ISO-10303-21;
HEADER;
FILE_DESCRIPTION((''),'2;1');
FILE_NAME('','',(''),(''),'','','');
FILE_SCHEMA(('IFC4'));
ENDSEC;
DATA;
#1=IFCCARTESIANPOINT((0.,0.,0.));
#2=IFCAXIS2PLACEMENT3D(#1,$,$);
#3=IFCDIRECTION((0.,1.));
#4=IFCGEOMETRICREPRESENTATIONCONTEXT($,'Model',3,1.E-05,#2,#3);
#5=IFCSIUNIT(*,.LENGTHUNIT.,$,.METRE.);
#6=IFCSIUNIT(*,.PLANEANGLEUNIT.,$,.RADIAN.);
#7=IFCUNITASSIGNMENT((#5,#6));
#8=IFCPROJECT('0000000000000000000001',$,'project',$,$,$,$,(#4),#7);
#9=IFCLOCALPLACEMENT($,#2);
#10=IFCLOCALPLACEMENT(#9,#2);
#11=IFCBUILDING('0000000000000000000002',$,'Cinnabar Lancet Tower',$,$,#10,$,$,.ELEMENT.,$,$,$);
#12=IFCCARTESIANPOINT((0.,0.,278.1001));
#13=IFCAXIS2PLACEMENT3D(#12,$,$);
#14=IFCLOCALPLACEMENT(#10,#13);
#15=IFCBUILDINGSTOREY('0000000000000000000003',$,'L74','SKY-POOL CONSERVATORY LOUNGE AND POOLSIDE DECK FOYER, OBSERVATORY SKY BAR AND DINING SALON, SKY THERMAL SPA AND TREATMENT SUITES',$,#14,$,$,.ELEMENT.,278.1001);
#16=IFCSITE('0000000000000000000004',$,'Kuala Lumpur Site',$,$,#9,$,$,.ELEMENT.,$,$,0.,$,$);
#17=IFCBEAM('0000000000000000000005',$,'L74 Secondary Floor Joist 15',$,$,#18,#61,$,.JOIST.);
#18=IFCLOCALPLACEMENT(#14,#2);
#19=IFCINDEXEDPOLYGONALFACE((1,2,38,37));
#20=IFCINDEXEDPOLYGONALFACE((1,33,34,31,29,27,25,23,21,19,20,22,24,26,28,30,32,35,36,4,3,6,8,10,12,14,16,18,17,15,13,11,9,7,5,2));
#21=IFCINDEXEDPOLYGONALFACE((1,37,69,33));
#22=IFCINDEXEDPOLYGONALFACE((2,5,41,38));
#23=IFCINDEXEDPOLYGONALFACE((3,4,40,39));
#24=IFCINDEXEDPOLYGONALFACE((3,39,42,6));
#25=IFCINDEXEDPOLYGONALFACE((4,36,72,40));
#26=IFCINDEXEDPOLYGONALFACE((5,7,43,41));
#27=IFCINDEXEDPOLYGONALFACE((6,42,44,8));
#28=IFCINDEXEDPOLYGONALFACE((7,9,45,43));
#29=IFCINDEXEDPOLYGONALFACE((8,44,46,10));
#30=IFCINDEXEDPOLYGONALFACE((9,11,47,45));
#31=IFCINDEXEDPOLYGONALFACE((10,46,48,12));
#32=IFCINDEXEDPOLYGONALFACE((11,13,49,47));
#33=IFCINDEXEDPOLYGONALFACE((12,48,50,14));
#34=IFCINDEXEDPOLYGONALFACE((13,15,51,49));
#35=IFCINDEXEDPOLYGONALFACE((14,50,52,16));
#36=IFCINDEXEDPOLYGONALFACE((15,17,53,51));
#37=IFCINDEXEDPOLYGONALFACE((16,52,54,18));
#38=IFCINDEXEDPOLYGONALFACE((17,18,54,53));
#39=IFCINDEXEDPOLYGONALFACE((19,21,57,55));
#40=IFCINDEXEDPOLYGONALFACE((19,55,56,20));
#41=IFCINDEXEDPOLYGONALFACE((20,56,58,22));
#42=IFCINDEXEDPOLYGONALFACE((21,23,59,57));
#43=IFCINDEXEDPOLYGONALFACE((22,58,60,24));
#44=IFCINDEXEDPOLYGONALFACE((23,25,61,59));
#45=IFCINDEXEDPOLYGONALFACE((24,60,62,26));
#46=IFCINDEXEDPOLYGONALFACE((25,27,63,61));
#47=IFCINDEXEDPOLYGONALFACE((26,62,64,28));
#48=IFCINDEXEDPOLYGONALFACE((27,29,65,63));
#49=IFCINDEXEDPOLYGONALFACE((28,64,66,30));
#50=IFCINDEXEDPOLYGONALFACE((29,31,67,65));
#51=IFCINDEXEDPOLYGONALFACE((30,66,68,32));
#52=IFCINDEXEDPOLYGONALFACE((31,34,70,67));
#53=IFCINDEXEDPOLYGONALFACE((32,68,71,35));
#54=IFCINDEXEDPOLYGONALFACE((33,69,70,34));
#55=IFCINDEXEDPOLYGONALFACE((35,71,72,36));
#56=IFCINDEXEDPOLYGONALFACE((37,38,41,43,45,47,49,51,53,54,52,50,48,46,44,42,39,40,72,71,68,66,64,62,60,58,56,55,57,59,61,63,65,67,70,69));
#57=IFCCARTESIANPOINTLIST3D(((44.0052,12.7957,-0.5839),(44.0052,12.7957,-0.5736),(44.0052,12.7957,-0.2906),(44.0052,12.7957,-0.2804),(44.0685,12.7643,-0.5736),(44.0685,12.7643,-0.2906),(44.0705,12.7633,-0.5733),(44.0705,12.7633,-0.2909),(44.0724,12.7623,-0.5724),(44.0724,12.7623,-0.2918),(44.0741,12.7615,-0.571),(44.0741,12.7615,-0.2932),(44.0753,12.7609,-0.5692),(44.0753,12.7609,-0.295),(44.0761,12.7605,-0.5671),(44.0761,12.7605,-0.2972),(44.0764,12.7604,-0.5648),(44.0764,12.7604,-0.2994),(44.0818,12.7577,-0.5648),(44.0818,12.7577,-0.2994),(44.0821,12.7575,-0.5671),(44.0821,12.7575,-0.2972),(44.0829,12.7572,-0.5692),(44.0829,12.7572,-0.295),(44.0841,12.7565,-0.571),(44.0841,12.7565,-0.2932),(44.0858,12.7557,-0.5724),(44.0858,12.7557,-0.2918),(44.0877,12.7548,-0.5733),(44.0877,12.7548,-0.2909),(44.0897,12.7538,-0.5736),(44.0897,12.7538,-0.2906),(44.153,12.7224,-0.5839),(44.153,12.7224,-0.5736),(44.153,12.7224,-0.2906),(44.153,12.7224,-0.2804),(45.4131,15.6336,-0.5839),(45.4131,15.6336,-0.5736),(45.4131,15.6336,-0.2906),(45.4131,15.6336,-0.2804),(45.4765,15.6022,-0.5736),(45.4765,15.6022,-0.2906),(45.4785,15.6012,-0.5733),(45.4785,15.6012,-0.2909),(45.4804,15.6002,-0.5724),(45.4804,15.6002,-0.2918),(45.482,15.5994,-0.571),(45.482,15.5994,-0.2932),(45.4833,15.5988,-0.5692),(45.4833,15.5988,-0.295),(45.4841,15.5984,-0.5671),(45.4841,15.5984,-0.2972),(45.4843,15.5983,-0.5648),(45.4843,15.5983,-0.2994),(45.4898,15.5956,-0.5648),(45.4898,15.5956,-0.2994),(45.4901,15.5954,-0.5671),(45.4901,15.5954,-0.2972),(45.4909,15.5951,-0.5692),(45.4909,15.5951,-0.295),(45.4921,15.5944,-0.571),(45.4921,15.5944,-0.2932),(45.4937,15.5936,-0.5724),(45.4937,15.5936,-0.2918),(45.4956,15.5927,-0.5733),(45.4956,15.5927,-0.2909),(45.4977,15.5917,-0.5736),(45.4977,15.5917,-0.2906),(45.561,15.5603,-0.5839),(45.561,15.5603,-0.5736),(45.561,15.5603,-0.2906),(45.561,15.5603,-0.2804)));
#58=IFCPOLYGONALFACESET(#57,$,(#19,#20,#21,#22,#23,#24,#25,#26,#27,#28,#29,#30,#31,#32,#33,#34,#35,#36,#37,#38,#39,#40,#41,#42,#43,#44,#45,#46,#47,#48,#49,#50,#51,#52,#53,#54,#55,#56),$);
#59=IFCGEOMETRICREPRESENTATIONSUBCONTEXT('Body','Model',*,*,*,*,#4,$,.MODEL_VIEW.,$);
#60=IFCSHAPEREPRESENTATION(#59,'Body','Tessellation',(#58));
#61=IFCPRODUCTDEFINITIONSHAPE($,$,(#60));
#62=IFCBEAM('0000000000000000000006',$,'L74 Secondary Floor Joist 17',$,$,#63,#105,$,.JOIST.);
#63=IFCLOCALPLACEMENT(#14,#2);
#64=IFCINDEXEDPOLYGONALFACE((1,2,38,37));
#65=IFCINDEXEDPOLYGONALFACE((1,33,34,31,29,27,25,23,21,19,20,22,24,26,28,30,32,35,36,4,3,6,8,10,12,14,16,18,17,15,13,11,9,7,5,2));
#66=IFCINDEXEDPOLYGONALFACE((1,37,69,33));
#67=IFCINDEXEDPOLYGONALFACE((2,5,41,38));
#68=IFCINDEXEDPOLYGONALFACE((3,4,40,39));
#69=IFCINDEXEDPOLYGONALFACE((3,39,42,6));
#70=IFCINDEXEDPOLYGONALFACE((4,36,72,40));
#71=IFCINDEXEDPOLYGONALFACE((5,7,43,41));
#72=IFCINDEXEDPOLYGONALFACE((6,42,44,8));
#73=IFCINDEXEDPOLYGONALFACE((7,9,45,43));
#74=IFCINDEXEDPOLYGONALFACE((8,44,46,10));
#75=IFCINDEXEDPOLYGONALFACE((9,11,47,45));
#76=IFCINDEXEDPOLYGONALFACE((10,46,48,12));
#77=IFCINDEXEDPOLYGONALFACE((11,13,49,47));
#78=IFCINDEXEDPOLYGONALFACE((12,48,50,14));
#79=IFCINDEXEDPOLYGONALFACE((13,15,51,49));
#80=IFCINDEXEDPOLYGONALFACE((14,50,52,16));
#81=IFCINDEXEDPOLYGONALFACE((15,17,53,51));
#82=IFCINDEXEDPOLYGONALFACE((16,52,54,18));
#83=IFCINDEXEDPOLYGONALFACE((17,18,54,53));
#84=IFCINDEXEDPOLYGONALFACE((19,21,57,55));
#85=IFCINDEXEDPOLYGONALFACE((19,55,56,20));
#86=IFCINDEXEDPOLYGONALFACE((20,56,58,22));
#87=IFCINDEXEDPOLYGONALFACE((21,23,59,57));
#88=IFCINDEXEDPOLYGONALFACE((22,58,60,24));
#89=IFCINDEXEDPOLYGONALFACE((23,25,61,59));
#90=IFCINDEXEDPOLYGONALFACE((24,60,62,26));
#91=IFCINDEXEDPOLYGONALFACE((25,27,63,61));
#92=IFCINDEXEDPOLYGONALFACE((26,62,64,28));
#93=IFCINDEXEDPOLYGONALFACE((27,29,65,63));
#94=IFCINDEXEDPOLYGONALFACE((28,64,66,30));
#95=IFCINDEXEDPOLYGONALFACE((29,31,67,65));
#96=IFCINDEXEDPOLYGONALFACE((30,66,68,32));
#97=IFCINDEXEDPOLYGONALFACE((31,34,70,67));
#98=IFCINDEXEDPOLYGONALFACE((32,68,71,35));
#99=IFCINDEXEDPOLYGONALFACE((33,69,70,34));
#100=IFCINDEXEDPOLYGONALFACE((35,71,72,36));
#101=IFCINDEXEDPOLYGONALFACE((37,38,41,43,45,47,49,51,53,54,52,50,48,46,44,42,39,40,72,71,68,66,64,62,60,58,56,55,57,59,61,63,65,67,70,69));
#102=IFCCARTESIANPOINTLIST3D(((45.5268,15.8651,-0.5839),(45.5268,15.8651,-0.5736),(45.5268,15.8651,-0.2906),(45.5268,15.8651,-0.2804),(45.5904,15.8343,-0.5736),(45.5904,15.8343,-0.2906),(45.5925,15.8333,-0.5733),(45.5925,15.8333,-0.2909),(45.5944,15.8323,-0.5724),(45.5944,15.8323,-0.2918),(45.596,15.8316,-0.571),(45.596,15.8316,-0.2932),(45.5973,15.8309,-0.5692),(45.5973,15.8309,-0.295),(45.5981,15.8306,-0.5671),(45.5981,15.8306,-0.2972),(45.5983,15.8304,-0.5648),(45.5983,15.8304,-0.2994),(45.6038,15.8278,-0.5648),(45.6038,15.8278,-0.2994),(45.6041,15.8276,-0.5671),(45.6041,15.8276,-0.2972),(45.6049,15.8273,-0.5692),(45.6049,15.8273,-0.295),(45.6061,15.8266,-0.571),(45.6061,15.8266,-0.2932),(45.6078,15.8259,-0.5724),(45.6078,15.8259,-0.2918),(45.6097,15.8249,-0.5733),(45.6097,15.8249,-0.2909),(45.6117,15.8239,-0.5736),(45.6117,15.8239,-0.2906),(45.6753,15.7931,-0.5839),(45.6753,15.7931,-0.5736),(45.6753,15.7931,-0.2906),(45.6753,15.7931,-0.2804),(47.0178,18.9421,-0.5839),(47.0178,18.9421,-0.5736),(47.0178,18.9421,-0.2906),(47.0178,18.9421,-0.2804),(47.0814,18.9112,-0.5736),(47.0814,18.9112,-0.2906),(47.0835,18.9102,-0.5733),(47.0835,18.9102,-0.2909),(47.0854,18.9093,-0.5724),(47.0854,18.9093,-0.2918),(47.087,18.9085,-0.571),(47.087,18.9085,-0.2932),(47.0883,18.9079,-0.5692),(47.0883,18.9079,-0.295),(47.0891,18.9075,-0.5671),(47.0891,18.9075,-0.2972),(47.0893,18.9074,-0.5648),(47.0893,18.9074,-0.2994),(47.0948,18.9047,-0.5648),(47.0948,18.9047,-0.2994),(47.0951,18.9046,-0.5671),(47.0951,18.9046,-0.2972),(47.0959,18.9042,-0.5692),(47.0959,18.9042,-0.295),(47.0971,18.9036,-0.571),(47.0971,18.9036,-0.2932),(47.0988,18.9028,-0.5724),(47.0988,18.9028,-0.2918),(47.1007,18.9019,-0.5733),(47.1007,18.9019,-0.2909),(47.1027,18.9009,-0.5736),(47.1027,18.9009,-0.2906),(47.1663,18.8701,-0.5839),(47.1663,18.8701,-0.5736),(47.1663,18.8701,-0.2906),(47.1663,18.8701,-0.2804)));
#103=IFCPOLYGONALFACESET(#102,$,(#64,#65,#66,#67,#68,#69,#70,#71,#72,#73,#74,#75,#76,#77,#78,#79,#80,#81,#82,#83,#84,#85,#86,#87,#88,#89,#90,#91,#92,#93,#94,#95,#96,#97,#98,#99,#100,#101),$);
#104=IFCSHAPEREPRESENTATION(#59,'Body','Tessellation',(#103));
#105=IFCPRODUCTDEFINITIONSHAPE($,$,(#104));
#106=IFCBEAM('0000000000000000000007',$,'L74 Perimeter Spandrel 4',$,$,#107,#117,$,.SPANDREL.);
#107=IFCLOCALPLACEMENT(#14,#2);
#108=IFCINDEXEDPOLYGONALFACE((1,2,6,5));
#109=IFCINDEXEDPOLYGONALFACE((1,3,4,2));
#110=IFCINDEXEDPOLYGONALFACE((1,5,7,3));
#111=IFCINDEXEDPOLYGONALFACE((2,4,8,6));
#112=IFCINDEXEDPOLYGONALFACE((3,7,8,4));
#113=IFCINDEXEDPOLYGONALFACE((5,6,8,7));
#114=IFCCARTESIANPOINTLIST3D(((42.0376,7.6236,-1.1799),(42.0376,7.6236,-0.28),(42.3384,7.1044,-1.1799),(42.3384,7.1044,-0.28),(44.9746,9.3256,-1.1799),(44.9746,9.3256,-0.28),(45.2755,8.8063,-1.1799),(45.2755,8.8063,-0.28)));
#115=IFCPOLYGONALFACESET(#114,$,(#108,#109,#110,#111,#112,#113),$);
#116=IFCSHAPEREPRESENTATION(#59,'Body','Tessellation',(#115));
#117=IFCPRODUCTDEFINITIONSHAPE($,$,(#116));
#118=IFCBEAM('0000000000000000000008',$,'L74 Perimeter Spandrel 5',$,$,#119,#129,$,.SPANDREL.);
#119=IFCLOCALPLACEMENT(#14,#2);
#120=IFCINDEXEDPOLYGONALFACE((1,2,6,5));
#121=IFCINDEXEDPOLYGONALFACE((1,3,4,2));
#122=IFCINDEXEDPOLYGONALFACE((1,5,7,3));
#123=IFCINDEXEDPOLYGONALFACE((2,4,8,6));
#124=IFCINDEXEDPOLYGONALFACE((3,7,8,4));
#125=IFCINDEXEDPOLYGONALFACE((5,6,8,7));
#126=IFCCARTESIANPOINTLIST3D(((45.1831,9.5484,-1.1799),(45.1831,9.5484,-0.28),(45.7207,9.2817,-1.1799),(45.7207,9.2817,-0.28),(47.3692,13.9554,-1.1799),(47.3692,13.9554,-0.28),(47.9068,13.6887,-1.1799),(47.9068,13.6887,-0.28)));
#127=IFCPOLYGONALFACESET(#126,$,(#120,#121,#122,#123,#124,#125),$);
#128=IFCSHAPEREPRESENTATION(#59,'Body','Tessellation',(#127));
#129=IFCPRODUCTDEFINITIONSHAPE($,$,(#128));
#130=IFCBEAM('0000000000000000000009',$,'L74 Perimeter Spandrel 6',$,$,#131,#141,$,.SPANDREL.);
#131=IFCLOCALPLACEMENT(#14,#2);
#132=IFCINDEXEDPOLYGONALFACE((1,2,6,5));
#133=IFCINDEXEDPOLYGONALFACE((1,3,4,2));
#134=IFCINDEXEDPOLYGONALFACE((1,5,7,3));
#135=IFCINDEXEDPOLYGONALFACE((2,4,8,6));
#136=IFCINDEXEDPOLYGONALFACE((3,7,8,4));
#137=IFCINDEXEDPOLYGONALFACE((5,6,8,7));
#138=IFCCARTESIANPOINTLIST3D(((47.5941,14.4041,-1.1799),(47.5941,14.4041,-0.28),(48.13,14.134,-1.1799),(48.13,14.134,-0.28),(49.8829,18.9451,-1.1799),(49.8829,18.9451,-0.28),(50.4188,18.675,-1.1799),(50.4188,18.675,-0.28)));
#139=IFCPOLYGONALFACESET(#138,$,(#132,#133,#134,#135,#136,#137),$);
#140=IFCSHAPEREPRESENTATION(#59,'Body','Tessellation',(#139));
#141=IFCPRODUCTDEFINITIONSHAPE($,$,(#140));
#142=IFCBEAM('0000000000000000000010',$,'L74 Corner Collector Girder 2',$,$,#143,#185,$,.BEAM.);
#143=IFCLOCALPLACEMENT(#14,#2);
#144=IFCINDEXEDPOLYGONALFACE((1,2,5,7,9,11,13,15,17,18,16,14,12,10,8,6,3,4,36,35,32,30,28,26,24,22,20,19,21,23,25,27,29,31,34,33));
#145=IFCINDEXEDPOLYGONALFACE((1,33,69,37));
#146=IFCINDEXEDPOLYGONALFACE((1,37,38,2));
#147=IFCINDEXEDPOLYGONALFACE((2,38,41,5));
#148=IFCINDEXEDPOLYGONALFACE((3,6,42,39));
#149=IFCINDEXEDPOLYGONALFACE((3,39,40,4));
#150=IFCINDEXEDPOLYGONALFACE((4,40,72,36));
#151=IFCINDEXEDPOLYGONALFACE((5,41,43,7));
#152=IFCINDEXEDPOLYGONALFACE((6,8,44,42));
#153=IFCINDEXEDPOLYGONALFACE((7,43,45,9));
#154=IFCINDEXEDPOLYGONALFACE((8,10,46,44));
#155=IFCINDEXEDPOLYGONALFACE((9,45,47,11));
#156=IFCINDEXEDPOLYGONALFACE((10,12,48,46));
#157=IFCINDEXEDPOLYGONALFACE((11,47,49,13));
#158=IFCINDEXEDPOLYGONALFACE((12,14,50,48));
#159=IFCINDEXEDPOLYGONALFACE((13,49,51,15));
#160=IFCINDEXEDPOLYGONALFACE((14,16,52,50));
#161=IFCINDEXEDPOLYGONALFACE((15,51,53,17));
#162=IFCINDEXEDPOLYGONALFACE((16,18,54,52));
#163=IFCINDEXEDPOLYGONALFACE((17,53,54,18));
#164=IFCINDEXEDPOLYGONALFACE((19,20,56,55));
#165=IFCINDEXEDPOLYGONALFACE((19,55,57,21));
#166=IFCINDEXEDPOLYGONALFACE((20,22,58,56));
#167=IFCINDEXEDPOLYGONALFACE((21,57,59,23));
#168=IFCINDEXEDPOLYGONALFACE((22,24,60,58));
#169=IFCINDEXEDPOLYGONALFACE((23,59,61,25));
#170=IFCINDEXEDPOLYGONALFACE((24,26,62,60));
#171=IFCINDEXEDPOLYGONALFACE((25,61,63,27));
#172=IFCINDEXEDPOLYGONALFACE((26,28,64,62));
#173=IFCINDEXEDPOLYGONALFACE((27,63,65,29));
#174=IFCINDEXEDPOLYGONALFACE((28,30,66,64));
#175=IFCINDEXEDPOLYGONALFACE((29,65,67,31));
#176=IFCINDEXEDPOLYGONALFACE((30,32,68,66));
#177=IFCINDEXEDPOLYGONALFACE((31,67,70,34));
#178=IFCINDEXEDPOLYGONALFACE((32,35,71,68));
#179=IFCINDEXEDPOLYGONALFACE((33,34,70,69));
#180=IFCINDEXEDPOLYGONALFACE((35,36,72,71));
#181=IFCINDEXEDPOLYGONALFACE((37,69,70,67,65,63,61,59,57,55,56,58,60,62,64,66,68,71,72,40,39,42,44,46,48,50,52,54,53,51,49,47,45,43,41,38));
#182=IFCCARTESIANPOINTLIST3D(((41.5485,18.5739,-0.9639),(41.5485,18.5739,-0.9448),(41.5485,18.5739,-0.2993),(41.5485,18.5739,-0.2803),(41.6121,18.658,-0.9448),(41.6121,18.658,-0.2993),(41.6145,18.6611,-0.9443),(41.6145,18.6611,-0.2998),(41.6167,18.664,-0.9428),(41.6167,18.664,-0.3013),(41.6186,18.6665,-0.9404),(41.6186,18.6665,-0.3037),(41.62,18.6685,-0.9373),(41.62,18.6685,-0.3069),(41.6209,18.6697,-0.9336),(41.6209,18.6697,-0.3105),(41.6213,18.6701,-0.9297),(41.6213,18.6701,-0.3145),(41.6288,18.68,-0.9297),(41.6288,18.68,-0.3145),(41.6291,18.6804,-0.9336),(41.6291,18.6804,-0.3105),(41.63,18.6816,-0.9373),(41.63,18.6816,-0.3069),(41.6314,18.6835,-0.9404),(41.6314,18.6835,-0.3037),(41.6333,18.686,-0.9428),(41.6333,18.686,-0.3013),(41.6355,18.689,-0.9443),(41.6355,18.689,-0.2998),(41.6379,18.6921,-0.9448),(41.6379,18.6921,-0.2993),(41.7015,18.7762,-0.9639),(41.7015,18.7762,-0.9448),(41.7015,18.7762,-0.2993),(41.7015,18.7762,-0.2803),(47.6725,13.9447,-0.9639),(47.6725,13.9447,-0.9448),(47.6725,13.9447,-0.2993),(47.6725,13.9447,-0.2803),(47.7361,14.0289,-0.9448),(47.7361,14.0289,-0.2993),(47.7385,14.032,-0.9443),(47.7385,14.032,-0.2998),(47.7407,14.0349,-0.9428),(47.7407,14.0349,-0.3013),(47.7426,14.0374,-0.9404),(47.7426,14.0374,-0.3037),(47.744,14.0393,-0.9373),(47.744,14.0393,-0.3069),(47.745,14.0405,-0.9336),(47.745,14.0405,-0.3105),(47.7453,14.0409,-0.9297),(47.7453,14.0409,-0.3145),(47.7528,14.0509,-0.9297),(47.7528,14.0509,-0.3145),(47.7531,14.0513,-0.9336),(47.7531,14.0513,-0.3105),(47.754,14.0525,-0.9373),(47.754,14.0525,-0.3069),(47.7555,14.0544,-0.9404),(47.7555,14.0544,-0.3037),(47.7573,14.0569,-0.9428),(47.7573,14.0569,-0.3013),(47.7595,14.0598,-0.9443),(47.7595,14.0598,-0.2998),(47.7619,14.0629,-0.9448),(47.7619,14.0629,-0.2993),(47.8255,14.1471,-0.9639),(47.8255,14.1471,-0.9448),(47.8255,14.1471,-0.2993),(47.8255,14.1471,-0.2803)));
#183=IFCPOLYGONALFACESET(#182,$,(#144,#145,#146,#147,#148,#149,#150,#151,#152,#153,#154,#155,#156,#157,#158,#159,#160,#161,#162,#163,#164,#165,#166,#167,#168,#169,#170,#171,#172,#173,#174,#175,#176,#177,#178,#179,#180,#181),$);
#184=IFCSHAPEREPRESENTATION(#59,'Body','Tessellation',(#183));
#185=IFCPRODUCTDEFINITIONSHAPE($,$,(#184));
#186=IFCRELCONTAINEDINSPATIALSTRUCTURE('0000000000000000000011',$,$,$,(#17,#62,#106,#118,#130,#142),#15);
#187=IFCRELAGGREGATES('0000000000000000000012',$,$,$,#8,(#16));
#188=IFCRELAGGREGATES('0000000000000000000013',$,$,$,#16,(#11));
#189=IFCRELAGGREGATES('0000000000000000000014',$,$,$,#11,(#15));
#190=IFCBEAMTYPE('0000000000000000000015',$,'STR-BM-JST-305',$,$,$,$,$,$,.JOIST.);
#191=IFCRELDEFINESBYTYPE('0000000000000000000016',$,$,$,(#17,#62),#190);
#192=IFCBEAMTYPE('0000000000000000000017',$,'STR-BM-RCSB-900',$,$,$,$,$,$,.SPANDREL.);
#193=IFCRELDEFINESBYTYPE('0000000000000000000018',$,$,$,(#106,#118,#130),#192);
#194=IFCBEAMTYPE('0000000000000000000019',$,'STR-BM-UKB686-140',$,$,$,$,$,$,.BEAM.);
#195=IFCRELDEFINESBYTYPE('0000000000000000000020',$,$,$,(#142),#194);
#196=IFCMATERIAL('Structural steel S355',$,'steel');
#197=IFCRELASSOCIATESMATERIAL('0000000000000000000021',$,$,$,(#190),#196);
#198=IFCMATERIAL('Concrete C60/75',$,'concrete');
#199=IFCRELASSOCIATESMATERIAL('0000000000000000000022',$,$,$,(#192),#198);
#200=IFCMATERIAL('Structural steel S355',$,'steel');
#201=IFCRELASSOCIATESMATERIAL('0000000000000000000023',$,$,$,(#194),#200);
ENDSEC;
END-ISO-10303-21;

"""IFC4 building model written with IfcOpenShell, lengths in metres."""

from ifc_helpers import new_model, si_unit, direction, frame, origin, origin_2d, place, context, subcontext, project, spatial, rectangle, i_section, extrude, material, material_profile, profile_set, type_object, element, save


model = new_model("IFC4")

# Units and contexts
model_context = context("Model", 3, precision=1e-05, world=origin(), true_north=direction((0.0, 1.0)))
body_context = subcontext(model_context, "Body", "Model", "MODEL_VIEW")
ifc_project = project(units=[si_unit("LENGTHUNIT", "METRE"), si_unit("PLANEANGLEUNIT", "RADIAN")], contexts=[model_context])

# Site, building, storey
site_placement = place(None, origin())
site = spatial("IfcSite", under=ifc_project, at=site_placement, Name="Kuala Lumpur Site", CompositionType="ELEMENT", RefElevation=0.0)
building_placement = place(site_placement, origin())
building = spatial("IfcBuilding", under=site, at=building_placement, Name="Cinnabar Lancet Tower", CompositionType="ELEMENT")
storey_placement = place(building_placement, frame((0.0, 0.0, 278.1001)))
storey = spatial("IfcBuildingStorey", under=building, at=storey_placement, Name="L74", Description="SKY-POOL CONSERVATORY LOUNGE AND POOLSIDE DECK FOYER, OBSERVATORY SKY BAR AND DINING SALON, SKY THERMAL SPA AND TREATMENT SUITES", CompositionType="ELEMENT", Elevation=278.1001)

# Beams
ifc_material_1 = material(Name="Structural steel S355", Category="steel")
ifc_material_profile_1 = material_profile(ifc_material_1, i_section(OverallWidth=0.165, OverallDepth=0.3035, WebThickness=0.0061, FlangeThickness=0.0103, FilletRadius=0.0088, at=origin_2d()), Name="UKB 305x165x40")
ifc_profile_set_1 = profile_set([ifc_material_profile_1], Name="Structural steel S355")
beam_type_1 = type_object("IfcBeamType", Name="STR-BM-JST-305", PredefinedType="JOIST", material=ifc_profile_set_1)
beam_1_placement = place(storey_placement, frame((44.0791, 12.759, -0.4321), z_axis=(0.444437, 0.89581, 0.0), x_axis=(-0.89581, 0.444437, 0.0)))
element("IfcBeam", 1, at=beam_1_placement, inside=storey, type_object=beam_type_1, Name="L74 Secondary Floor Joist 15", PredefinedType="JOIST", context=body_context, shape_type="SweptSolid", body=[
    extrude(i_section(OverallWidth=0.165, OverallDepth=0.3035, WebThickness=0.0061, FlangeThickness=0.0103, FilletRadius=0.0088, at=origin_2d()), origin(), (0.0, 0.0, 1.0), 3.168),
])
beam_2_placement = place(storey_placement, frame((45.6011, 15.8291, -0.4321), z_axis=(0.436069, 0.899913, 0.0), x_axis=(-0.899913, 0.436069, 0.0)))
element("IfcBeam", 2, at=beam_2_placement, inside=storey, type_object=beam_type_1, Name="L74 Secondary Floor Joist 17", PredefinedType="JOIST", context=body_context, shape_type="SweptSolid", body=[
    extrude(i_section(OverallWidth=0.165, OverallDepth=0.3035, WebThickness=0.0061, FlangeThickness=0.0103, FilletRadius=0.0088, at=origin_2d()), origin(), (0.0, 0.0, 1.0), 3.4192),
])
ifc_material_2 = material(Name="Concrete C60/75", Category="concrete")
ifc_material_profile_2 = material_profile(ifc_material_2, rectangle(XDim=0.6001, YDim=0.8999, at=origin_2d()), Name="RC-SB 600x900")
ifc_profile_set_2 = profile_set([ifc_material_profile_2], Name="Concrete C60/75")
beam_type_2 = type_object("IfcBeamType", Name="STR-BM-RCSB-900", PredefinedType="SPANDREL", material=ifc_profile_set_2)
beam_3_placement = place(storey_placement, frame((42.188, 7.364, -0.73), z_axis=(0.865231, 0.501374, 0.0), x_axis=(-0.501374, 0.865231, 0.0)))
element("IfcBeam", 3, at=beam_3_placement, inside=storey, type_object=beam_type_2, Name="L74 Perimeter Spandrel 4", PredefinedType="SPANDREL", context=body_context, shape_type="SweptSolid", body=[
    extrude(rectangle(XDim=0.6001, YDim=0.8999, at=origin_2d()), origin(), (0.0, 0.0, 1.0), 3.3945),
])
beam_4_placement = place(storey_placement, frame((45.4519, 9.415, -0.73), z_axis=(0.444373, 0.895842, 0.0), x_axis=(-0.895842, 0.444373, 0.0)))
element("IfcBeam", 4, at=beam_4_placement, inside=storey, type_object=beam_type_2, Name="L74 Perimeter Spandrel 5", PredefinedType="SPANDREL", context=body_context, shape_type="SweptSolid", body=[
    extrude(rectangle(XDim=0.6001, YDim=0.8999, at=origin_2d()), origin(), (0.0, 0.0, 1.0), 4.9194),
])
beam_5_placement = place(storey_placement, frame((47.8621, 14.269, -0.73), z_axis=(0.450092, 0.892982, 0.0), x_axis=(-0.892982, 0.450092, 0.0)))
element("IfcBeam", 5, at=beam_5_placement, inside=storey, type_object=beam_type_2, Name="L74 Perimeter Spandrel 6", PredefinedType="SPANDREL", context=body_context, shape_type="SweptSolid", body=[
    extrude(rectangle(XDim=0.6001, YDim=0.8999, at=origin_2d()), origin(), (0.0, 0.0, 1.0), 5.0852),
])
ifc_material_3 = material(Name="Structural steel S355", Category="steel")
ifc_material_profile_3 = material_profile(ifc_material_3, i_section(OverallWidth=0.2537, OverallDepth=0.6836, WebThickness=0.0125, FlangeThickness=0.019, FilletRadius=0.0151, at=origin_2d()), Name="UKB 686x254x140")
ifc_profile_set_3 = profile_set([ifc_material_profile_3], Name="Structural steel S355")
beam_type_3 = type_object("IfcBeamType", Name="STR-BM-UKB686-140", PredefinedType="BEAM", material=ifc_profile_set_3)
beam_6_placement = place(storey_placement, frame((47.749, 14.0459, -0.6221), z_axis=(-0.797735, 0.603008, 0.0), x_axis=(-0.603008, -0.797735, 0.0)))
element("IfcBeam", 6, at=beam_6_placement, inside=storey, type_object=beam_type_3, Name="L74 Corner Collector Girder 2", PredefinedType="BEAM", context=body_context, shape_type="SweptSolid", body=[
    extrude(i_section(OverallWidth=0.2537, OverallDepth=0.6836, WebThickness=0.0125, FlangeThickness=0.019, FilletRadius=0.0151, at=origin_2d()), origin(), (0.0, 0.0, 1.0), 7.6768),
])

save(model, "model.ifc")
